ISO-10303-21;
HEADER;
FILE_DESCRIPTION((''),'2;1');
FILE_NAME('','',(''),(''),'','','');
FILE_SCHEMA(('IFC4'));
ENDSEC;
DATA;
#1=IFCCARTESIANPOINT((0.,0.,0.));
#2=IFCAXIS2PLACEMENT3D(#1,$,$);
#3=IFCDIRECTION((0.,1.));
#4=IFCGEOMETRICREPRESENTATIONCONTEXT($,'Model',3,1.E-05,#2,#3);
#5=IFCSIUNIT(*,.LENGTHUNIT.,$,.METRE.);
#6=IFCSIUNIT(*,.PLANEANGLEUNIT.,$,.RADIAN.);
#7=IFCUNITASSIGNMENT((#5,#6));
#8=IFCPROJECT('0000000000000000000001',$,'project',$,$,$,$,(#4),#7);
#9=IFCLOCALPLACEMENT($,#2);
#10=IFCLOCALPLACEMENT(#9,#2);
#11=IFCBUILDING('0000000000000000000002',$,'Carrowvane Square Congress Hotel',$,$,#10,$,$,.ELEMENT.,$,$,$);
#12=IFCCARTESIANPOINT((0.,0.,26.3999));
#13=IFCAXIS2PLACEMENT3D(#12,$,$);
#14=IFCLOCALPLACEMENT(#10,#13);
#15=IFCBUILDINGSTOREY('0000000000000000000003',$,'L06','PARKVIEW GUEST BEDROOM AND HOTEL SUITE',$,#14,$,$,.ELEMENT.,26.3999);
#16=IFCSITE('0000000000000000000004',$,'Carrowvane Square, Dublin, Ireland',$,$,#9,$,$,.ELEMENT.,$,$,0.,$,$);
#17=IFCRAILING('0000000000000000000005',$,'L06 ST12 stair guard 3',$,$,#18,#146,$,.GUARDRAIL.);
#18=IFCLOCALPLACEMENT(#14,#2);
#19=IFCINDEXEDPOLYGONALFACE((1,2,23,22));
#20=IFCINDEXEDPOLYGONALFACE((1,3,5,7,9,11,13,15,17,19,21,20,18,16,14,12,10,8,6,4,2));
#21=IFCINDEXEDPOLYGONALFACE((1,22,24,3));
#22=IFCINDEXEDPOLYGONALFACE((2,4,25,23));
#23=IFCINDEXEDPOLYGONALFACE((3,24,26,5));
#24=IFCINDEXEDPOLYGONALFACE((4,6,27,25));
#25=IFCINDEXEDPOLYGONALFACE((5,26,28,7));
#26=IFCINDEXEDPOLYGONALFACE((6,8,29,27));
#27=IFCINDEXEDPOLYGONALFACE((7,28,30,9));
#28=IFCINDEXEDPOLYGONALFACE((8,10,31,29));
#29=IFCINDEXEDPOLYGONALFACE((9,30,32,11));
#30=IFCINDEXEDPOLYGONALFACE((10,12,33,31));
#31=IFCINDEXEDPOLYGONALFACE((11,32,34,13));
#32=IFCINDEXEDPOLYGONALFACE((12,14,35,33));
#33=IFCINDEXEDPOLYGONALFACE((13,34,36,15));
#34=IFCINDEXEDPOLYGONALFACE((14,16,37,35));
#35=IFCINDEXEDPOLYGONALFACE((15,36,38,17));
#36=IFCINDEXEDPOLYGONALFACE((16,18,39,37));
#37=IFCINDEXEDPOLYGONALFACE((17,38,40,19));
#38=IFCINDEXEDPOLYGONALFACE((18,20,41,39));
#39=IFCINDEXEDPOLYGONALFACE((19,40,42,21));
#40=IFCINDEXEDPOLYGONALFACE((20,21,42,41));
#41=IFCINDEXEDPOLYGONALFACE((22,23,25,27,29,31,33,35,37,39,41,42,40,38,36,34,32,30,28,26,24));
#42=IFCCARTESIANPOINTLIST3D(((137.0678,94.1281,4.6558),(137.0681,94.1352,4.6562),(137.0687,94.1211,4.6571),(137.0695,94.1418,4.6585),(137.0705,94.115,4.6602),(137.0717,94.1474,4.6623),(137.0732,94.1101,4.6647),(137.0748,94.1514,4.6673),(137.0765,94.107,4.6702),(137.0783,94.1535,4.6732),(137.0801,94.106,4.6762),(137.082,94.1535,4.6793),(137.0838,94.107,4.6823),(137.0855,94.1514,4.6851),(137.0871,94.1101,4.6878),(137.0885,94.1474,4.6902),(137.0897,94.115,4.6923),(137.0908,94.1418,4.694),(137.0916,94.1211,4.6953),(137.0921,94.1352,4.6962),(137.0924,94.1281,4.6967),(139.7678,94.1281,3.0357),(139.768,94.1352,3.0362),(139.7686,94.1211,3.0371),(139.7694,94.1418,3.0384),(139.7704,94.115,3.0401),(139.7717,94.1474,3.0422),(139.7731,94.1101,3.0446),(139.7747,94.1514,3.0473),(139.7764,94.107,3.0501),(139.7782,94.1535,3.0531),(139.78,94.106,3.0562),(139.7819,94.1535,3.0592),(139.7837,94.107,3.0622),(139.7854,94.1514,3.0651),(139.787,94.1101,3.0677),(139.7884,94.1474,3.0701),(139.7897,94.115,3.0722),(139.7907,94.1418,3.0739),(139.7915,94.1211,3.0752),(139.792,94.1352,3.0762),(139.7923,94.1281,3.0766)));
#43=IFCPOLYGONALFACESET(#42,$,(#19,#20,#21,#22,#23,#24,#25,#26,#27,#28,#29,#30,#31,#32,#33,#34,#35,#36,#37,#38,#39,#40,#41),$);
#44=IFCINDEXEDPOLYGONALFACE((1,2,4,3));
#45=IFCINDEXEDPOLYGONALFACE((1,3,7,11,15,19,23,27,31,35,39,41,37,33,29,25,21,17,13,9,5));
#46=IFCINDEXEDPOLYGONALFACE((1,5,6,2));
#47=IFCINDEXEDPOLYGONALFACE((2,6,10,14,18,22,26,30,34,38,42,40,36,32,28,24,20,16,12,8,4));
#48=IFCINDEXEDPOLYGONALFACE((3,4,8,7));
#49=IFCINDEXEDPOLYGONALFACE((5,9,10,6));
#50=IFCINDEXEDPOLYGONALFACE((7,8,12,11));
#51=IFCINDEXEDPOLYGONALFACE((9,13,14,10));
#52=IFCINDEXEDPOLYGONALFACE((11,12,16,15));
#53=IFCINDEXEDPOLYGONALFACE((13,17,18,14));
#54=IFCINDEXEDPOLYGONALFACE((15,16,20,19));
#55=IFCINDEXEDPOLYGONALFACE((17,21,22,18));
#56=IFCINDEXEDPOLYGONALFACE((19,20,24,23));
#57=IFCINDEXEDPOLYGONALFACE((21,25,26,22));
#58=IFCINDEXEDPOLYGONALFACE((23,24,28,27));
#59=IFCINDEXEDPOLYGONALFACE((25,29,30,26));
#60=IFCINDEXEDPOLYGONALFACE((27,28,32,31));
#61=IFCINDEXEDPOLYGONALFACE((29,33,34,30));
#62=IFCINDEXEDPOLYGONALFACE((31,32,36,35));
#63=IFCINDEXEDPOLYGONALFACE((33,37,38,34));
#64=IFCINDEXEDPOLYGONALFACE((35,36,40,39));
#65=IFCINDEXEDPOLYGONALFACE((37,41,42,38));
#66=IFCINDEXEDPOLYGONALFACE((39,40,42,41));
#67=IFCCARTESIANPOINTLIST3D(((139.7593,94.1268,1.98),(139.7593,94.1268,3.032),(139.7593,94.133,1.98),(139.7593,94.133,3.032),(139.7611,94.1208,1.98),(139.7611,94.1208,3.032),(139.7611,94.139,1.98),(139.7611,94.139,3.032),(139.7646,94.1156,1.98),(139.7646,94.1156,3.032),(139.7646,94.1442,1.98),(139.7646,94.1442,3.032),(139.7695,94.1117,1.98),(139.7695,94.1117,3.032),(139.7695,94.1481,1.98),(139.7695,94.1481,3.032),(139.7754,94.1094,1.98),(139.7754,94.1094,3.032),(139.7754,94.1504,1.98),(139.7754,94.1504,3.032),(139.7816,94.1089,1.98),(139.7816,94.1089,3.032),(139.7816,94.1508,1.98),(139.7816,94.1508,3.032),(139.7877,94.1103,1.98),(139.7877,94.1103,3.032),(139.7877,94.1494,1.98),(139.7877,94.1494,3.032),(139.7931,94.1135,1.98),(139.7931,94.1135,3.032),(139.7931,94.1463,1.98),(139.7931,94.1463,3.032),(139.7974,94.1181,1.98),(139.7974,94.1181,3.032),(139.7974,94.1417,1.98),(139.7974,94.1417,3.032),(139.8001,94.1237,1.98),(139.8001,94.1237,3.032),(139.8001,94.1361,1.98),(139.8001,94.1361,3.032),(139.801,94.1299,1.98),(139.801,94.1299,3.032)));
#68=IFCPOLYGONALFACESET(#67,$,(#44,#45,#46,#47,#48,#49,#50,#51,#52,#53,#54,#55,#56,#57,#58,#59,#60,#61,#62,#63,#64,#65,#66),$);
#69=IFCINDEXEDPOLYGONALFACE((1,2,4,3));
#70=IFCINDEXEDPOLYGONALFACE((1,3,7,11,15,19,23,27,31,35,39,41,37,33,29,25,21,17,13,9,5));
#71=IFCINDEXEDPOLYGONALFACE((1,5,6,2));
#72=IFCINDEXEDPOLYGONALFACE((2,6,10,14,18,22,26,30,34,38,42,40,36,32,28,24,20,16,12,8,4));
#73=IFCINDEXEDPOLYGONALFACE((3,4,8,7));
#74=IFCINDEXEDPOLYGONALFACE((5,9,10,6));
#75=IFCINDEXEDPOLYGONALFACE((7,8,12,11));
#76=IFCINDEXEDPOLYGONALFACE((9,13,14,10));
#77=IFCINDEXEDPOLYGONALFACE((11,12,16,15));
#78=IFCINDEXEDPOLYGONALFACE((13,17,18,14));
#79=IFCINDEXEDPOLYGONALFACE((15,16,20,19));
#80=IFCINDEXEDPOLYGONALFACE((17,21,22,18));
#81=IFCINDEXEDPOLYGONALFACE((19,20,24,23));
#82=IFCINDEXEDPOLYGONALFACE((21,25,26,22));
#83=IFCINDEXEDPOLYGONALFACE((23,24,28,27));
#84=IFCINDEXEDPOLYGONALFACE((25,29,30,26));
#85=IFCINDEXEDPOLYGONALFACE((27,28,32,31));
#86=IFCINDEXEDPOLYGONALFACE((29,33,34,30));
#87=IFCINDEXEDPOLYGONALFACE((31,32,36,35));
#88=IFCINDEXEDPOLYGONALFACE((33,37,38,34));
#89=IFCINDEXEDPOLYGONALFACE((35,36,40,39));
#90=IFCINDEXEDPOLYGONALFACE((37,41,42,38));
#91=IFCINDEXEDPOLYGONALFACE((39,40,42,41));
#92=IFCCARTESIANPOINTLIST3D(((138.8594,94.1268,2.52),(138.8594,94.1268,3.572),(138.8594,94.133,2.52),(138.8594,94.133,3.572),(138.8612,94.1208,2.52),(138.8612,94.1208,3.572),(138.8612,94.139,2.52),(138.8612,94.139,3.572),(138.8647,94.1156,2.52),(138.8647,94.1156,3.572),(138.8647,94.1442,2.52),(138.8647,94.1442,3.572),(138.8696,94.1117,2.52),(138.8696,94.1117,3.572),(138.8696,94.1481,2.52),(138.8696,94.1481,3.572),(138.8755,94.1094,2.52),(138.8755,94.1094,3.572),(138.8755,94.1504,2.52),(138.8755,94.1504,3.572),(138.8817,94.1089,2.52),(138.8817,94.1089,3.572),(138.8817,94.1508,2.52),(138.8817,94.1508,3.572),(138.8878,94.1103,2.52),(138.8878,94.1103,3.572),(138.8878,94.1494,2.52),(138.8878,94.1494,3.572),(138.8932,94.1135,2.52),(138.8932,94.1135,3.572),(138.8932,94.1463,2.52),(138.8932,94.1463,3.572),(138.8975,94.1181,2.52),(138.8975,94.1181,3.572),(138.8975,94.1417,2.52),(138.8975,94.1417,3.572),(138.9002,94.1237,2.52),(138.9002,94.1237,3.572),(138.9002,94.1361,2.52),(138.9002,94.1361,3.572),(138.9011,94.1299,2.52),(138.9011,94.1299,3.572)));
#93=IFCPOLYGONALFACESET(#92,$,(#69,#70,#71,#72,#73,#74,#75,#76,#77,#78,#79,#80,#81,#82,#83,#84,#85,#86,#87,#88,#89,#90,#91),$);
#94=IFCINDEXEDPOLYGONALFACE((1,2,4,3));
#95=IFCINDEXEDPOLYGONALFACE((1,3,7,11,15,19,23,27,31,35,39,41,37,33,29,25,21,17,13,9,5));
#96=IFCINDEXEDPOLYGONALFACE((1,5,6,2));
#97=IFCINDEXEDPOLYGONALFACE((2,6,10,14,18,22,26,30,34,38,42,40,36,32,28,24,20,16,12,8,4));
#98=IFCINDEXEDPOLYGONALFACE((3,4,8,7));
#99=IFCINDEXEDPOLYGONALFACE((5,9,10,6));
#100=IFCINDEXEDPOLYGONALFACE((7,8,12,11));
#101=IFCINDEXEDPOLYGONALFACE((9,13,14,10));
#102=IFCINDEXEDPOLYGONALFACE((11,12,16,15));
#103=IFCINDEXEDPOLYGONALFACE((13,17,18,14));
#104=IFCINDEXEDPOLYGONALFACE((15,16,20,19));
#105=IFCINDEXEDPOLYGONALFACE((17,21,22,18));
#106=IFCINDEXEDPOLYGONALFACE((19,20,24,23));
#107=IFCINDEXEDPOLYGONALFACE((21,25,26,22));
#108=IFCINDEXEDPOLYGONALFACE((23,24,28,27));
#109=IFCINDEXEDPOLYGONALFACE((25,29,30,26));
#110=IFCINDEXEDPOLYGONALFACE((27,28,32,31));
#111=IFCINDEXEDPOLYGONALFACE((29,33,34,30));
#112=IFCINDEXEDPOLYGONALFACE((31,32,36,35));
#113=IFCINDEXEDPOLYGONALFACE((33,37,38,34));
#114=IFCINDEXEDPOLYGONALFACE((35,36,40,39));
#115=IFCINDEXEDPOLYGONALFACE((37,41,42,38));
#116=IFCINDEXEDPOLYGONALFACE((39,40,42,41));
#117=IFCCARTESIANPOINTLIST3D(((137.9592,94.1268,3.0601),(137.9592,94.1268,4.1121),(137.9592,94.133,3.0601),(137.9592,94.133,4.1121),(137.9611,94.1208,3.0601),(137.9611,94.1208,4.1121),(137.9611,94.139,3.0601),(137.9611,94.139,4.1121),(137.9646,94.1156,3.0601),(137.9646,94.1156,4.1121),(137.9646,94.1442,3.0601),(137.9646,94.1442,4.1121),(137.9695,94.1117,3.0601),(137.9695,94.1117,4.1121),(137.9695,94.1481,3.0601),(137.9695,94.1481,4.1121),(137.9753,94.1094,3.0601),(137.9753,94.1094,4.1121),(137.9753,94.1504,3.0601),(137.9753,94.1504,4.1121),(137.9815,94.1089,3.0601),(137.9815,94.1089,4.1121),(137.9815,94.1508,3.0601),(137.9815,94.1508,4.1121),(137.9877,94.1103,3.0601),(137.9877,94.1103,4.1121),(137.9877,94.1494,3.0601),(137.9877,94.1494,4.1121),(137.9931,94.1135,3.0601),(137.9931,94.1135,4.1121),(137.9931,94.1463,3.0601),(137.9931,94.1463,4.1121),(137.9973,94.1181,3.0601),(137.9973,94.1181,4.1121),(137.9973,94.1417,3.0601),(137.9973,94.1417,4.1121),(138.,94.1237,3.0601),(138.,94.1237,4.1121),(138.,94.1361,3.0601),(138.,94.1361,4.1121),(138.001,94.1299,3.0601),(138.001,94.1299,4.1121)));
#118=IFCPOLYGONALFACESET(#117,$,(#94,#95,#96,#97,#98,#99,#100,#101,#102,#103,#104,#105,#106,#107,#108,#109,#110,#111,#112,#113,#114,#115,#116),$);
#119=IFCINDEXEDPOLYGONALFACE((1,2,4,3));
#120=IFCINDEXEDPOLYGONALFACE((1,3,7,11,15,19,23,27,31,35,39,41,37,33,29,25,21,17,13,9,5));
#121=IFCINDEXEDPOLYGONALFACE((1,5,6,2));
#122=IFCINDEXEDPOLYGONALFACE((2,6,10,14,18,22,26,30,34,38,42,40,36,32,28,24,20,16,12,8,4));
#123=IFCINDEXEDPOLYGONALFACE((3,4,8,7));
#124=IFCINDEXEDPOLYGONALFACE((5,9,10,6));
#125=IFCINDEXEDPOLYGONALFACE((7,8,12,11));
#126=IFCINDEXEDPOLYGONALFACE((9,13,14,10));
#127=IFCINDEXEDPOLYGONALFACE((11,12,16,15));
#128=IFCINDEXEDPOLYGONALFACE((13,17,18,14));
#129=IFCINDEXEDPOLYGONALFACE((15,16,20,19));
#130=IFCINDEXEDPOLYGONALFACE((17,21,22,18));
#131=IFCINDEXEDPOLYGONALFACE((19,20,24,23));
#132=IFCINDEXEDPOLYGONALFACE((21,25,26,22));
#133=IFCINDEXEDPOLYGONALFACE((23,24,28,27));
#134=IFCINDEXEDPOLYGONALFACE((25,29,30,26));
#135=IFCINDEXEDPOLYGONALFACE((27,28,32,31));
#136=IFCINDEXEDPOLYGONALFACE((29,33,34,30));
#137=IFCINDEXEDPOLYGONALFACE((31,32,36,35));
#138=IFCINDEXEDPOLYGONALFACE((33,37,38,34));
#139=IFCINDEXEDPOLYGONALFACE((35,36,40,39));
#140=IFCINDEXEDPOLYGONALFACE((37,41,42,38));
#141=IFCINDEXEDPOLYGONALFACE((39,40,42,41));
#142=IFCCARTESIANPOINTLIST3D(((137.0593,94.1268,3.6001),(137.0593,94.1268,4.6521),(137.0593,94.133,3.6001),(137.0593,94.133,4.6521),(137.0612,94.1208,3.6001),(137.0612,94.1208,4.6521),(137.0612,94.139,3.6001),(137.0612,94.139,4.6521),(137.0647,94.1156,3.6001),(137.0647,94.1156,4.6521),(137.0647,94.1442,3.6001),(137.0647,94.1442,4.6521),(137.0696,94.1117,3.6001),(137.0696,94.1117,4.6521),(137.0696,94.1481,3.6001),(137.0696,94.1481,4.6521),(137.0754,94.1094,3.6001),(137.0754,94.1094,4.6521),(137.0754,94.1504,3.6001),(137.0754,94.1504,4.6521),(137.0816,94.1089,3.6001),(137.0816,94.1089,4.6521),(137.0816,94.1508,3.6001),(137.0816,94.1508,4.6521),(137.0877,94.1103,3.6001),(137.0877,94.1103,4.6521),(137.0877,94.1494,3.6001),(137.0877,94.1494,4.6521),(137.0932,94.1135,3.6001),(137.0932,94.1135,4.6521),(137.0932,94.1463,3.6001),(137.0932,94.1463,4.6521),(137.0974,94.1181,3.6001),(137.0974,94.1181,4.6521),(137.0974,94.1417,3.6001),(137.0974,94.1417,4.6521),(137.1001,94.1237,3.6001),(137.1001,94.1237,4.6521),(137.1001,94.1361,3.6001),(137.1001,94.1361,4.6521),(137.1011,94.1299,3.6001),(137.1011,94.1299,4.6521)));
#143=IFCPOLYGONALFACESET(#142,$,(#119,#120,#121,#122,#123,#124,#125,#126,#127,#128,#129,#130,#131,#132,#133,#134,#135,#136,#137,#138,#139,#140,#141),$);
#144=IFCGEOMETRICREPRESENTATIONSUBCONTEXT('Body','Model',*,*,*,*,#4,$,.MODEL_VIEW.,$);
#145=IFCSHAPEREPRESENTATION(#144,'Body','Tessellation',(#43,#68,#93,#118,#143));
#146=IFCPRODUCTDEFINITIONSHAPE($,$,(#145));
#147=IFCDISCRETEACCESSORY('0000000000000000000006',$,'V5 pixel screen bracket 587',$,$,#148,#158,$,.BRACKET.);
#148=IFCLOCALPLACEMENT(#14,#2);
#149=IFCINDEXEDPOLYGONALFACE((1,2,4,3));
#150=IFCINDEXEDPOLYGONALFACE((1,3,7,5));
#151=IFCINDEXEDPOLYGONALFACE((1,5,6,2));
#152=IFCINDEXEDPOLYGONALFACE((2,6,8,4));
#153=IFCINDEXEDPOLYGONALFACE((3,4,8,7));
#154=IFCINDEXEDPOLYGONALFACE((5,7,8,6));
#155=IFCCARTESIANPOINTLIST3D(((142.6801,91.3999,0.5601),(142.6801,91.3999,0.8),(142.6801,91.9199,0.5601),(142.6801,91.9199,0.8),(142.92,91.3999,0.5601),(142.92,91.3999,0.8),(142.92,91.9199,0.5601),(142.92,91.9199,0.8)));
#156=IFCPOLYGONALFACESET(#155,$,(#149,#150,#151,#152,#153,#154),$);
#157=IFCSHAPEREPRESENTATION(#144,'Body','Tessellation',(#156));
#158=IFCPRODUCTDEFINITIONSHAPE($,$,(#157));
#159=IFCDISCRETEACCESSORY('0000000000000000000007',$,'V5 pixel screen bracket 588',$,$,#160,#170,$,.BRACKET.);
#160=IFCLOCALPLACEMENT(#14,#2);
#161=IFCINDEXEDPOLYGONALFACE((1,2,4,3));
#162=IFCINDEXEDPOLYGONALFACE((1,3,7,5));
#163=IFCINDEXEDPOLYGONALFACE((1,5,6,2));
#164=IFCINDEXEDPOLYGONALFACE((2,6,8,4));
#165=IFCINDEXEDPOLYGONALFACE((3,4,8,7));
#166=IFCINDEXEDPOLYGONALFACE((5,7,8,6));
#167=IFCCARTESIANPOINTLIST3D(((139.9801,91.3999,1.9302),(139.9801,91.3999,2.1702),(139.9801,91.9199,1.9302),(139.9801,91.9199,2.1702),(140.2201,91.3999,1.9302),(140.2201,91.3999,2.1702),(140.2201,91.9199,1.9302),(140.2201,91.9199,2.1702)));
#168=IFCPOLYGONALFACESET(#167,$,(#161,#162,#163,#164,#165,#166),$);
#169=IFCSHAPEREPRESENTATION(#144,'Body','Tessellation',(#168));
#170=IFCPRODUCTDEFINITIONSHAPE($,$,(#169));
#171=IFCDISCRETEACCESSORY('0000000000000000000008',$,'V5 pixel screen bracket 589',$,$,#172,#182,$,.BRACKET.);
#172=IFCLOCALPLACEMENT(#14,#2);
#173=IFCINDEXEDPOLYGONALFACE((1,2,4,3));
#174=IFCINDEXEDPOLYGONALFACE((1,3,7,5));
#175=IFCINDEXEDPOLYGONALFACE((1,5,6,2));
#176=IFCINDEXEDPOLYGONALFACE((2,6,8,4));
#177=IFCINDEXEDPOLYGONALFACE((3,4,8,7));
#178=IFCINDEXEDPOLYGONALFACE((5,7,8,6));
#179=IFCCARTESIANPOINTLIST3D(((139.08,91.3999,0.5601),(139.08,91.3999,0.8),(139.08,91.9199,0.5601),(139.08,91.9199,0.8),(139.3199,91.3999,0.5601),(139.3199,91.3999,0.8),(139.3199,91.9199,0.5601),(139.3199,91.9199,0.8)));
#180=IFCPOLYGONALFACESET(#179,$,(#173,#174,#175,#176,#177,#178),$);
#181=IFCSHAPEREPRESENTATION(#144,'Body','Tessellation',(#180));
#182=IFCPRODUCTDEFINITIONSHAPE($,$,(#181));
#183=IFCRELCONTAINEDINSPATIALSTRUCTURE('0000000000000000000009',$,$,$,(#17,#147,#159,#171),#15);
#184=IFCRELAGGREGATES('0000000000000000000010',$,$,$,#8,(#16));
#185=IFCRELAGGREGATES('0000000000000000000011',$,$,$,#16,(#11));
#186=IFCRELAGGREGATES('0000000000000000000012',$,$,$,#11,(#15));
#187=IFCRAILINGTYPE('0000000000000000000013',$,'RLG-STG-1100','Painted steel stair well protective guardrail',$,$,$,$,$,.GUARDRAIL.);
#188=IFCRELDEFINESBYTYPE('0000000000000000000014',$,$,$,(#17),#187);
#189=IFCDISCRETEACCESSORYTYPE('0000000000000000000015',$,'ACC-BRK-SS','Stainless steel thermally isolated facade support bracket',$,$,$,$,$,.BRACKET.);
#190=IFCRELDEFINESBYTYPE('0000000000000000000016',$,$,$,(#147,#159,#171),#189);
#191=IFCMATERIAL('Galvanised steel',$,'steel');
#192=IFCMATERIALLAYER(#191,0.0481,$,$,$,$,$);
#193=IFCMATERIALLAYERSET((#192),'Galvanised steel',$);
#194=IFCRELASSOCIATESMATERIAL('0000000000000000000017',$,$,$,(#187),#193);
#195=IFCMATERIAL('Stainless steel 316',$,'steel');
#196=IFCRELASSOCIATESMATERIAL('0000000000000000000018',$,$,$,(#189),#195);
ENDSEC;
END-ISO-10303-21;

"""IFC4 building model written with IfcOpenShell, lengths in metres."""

from ifc_helpers import new_model, si_unit, direction, frame, origin, origin_2d, place, context, subcontext, project, spatial, rectangle, circle, extrude, material, layer, layer_set, type_object, element, save


model = new_model("IFC4")

# Units and contexts
model_context = context("Model", 3, precision=1e-05, world=origin(), true_north=direction((0.0, 1.0)))
body_context = subcontext(model_context, "Body", "Model", "MODEL_VIEW")
ifc_project = project(units=[si_unit("LENGTHUNIT", "METRE"), si_unit("PLANEANGLEUNIT", "RADIAN")], contexts=[model_context])

# Site, building, storey
site_placement = place(None, origin())
site = spatial("IfcSite", under=ifc_project, at=site_placement, Name="Carrowvane Square, Dublin, Ireland", CompositionType="ELEMENT", RefElevation=0.0)
building_placement = place(site_placement, origin())
building = spatial("IfcBuilding", under=site, at=building_placement, Name="Carrowvane Square Congress Hotel", CompositionType="ELEMENT")
storey_placement = place(building_placement, frame((0.0, 0.0, 26.3999)))
storey = spatial("IfcBuildingStorey", under=building, at=storey_placement, Name="L06", Description="PARKVIEW GUEST BEDROOM AND HOTEL SUITE", CompositionType="ELEMENT", Elevation=26.3999)

# Railing
ifc_material_1 = material(Name="Galvanised steel", Category="steel")
ifc_layer_1 = layer(ifc_material_1, 0.0481)
ifc_layer_set_1 = layer_set([ifc_layer_1], Name="Galvanised steel")
railing_type_1 = type_object("IfcRailingType", Name="RLG-STG-1100", Description="Painted steel stair well protective guardrail", PredefinedType="GUARDRAIL", material=ifc_layer_set_1)
railing_1_placement = place(storey_placement, frame((139.78, 94.1299, 1.98)))
element("IfcRailing", 1, at=railing_1_placement, inside=storey, type_object=railing_type_1, Name="L06 ST12 stair guard 3", PredefinedType="GUARDRAIL", context=body_context, shape_type="SweptSolid", body=[
    extrude(circle(Radius=0.0239, at=origin_2d()), frame((0.0, 0.0, 1.0762), z_axis=(-0.857472, 0.0, 0.51453), x_axis=(0.0, -1.0, 0.0)), (0.0, 0.0, 1.0), 3.1487),
    extrude(circle(Radius=0.021, at=origin_2d()), origin(), (0.0, 0.0, 1.0), 1.052),
    extrude(circle(Radius=0.021, at=origin_2d()), frame((-0.8999, 0.0, 0.54)), (0.0, 0.0, 1.0), 1.052),
    extrude(circle(Radius=0.021, at=origin_2d()), frame((-1.8, 0.0, 1.0801)), (0.0, 0.0, 1.0), 1.052),
    extrude(circle(Radius=0.021, at=origin_2d()), frame((-2.7, 0.0, 1.6201)), (0.0, 0.0, 1.0), 1.052),
])

# Discrete accessories
ifc_material_2 = material(Name="Stainless steel 316", Category="steel")
discrete_accessory_type = type_object("IfcDiscreteAccessoryType", Name="ACC-BRK-SS", Description="Stainless steel thermally isolated facade support bracket", PredefinedType="BRACKET", material=ifc_material_2)
for number, where, z_axis, x_axis, name in (
    (2, (142.8, 91.6599, 0.5601), (0.0, 0.0, 1.0), (-1.0, 0.0, 0.0), "V5 pixel screen bracket 587"),
    (3, (140.1001, 91.6599, 1.9302), (0.0, 0.0, 1.0), (-1.0, 0.0, 0.0), "V5 pixel screen bracket 588"),
    (4, (139.2, 91.6599, 0.5601), (0.0, 0.0, 1.0), (-1.0, 0.0, 0.0), "V5 pixel screen bracket 589"),
):
    element("IfcDiscreteAccessory", number, at=place(storey_placement, frame(where, z_axis=z_axis, x_axis=x_axis)), inside=storey, type_object=discrete_accessory_type, Name=name, PredefinedType="BRACKET", context=body_context, shape_type="SweptSolid", body=[
        extrude(rectangle(XDim=0.24, YDim=0.52, at=origin_2d()), origin(), (0.0, 0.0, 1.0), 0.24),
    ])

save(model, "model.ifc")
